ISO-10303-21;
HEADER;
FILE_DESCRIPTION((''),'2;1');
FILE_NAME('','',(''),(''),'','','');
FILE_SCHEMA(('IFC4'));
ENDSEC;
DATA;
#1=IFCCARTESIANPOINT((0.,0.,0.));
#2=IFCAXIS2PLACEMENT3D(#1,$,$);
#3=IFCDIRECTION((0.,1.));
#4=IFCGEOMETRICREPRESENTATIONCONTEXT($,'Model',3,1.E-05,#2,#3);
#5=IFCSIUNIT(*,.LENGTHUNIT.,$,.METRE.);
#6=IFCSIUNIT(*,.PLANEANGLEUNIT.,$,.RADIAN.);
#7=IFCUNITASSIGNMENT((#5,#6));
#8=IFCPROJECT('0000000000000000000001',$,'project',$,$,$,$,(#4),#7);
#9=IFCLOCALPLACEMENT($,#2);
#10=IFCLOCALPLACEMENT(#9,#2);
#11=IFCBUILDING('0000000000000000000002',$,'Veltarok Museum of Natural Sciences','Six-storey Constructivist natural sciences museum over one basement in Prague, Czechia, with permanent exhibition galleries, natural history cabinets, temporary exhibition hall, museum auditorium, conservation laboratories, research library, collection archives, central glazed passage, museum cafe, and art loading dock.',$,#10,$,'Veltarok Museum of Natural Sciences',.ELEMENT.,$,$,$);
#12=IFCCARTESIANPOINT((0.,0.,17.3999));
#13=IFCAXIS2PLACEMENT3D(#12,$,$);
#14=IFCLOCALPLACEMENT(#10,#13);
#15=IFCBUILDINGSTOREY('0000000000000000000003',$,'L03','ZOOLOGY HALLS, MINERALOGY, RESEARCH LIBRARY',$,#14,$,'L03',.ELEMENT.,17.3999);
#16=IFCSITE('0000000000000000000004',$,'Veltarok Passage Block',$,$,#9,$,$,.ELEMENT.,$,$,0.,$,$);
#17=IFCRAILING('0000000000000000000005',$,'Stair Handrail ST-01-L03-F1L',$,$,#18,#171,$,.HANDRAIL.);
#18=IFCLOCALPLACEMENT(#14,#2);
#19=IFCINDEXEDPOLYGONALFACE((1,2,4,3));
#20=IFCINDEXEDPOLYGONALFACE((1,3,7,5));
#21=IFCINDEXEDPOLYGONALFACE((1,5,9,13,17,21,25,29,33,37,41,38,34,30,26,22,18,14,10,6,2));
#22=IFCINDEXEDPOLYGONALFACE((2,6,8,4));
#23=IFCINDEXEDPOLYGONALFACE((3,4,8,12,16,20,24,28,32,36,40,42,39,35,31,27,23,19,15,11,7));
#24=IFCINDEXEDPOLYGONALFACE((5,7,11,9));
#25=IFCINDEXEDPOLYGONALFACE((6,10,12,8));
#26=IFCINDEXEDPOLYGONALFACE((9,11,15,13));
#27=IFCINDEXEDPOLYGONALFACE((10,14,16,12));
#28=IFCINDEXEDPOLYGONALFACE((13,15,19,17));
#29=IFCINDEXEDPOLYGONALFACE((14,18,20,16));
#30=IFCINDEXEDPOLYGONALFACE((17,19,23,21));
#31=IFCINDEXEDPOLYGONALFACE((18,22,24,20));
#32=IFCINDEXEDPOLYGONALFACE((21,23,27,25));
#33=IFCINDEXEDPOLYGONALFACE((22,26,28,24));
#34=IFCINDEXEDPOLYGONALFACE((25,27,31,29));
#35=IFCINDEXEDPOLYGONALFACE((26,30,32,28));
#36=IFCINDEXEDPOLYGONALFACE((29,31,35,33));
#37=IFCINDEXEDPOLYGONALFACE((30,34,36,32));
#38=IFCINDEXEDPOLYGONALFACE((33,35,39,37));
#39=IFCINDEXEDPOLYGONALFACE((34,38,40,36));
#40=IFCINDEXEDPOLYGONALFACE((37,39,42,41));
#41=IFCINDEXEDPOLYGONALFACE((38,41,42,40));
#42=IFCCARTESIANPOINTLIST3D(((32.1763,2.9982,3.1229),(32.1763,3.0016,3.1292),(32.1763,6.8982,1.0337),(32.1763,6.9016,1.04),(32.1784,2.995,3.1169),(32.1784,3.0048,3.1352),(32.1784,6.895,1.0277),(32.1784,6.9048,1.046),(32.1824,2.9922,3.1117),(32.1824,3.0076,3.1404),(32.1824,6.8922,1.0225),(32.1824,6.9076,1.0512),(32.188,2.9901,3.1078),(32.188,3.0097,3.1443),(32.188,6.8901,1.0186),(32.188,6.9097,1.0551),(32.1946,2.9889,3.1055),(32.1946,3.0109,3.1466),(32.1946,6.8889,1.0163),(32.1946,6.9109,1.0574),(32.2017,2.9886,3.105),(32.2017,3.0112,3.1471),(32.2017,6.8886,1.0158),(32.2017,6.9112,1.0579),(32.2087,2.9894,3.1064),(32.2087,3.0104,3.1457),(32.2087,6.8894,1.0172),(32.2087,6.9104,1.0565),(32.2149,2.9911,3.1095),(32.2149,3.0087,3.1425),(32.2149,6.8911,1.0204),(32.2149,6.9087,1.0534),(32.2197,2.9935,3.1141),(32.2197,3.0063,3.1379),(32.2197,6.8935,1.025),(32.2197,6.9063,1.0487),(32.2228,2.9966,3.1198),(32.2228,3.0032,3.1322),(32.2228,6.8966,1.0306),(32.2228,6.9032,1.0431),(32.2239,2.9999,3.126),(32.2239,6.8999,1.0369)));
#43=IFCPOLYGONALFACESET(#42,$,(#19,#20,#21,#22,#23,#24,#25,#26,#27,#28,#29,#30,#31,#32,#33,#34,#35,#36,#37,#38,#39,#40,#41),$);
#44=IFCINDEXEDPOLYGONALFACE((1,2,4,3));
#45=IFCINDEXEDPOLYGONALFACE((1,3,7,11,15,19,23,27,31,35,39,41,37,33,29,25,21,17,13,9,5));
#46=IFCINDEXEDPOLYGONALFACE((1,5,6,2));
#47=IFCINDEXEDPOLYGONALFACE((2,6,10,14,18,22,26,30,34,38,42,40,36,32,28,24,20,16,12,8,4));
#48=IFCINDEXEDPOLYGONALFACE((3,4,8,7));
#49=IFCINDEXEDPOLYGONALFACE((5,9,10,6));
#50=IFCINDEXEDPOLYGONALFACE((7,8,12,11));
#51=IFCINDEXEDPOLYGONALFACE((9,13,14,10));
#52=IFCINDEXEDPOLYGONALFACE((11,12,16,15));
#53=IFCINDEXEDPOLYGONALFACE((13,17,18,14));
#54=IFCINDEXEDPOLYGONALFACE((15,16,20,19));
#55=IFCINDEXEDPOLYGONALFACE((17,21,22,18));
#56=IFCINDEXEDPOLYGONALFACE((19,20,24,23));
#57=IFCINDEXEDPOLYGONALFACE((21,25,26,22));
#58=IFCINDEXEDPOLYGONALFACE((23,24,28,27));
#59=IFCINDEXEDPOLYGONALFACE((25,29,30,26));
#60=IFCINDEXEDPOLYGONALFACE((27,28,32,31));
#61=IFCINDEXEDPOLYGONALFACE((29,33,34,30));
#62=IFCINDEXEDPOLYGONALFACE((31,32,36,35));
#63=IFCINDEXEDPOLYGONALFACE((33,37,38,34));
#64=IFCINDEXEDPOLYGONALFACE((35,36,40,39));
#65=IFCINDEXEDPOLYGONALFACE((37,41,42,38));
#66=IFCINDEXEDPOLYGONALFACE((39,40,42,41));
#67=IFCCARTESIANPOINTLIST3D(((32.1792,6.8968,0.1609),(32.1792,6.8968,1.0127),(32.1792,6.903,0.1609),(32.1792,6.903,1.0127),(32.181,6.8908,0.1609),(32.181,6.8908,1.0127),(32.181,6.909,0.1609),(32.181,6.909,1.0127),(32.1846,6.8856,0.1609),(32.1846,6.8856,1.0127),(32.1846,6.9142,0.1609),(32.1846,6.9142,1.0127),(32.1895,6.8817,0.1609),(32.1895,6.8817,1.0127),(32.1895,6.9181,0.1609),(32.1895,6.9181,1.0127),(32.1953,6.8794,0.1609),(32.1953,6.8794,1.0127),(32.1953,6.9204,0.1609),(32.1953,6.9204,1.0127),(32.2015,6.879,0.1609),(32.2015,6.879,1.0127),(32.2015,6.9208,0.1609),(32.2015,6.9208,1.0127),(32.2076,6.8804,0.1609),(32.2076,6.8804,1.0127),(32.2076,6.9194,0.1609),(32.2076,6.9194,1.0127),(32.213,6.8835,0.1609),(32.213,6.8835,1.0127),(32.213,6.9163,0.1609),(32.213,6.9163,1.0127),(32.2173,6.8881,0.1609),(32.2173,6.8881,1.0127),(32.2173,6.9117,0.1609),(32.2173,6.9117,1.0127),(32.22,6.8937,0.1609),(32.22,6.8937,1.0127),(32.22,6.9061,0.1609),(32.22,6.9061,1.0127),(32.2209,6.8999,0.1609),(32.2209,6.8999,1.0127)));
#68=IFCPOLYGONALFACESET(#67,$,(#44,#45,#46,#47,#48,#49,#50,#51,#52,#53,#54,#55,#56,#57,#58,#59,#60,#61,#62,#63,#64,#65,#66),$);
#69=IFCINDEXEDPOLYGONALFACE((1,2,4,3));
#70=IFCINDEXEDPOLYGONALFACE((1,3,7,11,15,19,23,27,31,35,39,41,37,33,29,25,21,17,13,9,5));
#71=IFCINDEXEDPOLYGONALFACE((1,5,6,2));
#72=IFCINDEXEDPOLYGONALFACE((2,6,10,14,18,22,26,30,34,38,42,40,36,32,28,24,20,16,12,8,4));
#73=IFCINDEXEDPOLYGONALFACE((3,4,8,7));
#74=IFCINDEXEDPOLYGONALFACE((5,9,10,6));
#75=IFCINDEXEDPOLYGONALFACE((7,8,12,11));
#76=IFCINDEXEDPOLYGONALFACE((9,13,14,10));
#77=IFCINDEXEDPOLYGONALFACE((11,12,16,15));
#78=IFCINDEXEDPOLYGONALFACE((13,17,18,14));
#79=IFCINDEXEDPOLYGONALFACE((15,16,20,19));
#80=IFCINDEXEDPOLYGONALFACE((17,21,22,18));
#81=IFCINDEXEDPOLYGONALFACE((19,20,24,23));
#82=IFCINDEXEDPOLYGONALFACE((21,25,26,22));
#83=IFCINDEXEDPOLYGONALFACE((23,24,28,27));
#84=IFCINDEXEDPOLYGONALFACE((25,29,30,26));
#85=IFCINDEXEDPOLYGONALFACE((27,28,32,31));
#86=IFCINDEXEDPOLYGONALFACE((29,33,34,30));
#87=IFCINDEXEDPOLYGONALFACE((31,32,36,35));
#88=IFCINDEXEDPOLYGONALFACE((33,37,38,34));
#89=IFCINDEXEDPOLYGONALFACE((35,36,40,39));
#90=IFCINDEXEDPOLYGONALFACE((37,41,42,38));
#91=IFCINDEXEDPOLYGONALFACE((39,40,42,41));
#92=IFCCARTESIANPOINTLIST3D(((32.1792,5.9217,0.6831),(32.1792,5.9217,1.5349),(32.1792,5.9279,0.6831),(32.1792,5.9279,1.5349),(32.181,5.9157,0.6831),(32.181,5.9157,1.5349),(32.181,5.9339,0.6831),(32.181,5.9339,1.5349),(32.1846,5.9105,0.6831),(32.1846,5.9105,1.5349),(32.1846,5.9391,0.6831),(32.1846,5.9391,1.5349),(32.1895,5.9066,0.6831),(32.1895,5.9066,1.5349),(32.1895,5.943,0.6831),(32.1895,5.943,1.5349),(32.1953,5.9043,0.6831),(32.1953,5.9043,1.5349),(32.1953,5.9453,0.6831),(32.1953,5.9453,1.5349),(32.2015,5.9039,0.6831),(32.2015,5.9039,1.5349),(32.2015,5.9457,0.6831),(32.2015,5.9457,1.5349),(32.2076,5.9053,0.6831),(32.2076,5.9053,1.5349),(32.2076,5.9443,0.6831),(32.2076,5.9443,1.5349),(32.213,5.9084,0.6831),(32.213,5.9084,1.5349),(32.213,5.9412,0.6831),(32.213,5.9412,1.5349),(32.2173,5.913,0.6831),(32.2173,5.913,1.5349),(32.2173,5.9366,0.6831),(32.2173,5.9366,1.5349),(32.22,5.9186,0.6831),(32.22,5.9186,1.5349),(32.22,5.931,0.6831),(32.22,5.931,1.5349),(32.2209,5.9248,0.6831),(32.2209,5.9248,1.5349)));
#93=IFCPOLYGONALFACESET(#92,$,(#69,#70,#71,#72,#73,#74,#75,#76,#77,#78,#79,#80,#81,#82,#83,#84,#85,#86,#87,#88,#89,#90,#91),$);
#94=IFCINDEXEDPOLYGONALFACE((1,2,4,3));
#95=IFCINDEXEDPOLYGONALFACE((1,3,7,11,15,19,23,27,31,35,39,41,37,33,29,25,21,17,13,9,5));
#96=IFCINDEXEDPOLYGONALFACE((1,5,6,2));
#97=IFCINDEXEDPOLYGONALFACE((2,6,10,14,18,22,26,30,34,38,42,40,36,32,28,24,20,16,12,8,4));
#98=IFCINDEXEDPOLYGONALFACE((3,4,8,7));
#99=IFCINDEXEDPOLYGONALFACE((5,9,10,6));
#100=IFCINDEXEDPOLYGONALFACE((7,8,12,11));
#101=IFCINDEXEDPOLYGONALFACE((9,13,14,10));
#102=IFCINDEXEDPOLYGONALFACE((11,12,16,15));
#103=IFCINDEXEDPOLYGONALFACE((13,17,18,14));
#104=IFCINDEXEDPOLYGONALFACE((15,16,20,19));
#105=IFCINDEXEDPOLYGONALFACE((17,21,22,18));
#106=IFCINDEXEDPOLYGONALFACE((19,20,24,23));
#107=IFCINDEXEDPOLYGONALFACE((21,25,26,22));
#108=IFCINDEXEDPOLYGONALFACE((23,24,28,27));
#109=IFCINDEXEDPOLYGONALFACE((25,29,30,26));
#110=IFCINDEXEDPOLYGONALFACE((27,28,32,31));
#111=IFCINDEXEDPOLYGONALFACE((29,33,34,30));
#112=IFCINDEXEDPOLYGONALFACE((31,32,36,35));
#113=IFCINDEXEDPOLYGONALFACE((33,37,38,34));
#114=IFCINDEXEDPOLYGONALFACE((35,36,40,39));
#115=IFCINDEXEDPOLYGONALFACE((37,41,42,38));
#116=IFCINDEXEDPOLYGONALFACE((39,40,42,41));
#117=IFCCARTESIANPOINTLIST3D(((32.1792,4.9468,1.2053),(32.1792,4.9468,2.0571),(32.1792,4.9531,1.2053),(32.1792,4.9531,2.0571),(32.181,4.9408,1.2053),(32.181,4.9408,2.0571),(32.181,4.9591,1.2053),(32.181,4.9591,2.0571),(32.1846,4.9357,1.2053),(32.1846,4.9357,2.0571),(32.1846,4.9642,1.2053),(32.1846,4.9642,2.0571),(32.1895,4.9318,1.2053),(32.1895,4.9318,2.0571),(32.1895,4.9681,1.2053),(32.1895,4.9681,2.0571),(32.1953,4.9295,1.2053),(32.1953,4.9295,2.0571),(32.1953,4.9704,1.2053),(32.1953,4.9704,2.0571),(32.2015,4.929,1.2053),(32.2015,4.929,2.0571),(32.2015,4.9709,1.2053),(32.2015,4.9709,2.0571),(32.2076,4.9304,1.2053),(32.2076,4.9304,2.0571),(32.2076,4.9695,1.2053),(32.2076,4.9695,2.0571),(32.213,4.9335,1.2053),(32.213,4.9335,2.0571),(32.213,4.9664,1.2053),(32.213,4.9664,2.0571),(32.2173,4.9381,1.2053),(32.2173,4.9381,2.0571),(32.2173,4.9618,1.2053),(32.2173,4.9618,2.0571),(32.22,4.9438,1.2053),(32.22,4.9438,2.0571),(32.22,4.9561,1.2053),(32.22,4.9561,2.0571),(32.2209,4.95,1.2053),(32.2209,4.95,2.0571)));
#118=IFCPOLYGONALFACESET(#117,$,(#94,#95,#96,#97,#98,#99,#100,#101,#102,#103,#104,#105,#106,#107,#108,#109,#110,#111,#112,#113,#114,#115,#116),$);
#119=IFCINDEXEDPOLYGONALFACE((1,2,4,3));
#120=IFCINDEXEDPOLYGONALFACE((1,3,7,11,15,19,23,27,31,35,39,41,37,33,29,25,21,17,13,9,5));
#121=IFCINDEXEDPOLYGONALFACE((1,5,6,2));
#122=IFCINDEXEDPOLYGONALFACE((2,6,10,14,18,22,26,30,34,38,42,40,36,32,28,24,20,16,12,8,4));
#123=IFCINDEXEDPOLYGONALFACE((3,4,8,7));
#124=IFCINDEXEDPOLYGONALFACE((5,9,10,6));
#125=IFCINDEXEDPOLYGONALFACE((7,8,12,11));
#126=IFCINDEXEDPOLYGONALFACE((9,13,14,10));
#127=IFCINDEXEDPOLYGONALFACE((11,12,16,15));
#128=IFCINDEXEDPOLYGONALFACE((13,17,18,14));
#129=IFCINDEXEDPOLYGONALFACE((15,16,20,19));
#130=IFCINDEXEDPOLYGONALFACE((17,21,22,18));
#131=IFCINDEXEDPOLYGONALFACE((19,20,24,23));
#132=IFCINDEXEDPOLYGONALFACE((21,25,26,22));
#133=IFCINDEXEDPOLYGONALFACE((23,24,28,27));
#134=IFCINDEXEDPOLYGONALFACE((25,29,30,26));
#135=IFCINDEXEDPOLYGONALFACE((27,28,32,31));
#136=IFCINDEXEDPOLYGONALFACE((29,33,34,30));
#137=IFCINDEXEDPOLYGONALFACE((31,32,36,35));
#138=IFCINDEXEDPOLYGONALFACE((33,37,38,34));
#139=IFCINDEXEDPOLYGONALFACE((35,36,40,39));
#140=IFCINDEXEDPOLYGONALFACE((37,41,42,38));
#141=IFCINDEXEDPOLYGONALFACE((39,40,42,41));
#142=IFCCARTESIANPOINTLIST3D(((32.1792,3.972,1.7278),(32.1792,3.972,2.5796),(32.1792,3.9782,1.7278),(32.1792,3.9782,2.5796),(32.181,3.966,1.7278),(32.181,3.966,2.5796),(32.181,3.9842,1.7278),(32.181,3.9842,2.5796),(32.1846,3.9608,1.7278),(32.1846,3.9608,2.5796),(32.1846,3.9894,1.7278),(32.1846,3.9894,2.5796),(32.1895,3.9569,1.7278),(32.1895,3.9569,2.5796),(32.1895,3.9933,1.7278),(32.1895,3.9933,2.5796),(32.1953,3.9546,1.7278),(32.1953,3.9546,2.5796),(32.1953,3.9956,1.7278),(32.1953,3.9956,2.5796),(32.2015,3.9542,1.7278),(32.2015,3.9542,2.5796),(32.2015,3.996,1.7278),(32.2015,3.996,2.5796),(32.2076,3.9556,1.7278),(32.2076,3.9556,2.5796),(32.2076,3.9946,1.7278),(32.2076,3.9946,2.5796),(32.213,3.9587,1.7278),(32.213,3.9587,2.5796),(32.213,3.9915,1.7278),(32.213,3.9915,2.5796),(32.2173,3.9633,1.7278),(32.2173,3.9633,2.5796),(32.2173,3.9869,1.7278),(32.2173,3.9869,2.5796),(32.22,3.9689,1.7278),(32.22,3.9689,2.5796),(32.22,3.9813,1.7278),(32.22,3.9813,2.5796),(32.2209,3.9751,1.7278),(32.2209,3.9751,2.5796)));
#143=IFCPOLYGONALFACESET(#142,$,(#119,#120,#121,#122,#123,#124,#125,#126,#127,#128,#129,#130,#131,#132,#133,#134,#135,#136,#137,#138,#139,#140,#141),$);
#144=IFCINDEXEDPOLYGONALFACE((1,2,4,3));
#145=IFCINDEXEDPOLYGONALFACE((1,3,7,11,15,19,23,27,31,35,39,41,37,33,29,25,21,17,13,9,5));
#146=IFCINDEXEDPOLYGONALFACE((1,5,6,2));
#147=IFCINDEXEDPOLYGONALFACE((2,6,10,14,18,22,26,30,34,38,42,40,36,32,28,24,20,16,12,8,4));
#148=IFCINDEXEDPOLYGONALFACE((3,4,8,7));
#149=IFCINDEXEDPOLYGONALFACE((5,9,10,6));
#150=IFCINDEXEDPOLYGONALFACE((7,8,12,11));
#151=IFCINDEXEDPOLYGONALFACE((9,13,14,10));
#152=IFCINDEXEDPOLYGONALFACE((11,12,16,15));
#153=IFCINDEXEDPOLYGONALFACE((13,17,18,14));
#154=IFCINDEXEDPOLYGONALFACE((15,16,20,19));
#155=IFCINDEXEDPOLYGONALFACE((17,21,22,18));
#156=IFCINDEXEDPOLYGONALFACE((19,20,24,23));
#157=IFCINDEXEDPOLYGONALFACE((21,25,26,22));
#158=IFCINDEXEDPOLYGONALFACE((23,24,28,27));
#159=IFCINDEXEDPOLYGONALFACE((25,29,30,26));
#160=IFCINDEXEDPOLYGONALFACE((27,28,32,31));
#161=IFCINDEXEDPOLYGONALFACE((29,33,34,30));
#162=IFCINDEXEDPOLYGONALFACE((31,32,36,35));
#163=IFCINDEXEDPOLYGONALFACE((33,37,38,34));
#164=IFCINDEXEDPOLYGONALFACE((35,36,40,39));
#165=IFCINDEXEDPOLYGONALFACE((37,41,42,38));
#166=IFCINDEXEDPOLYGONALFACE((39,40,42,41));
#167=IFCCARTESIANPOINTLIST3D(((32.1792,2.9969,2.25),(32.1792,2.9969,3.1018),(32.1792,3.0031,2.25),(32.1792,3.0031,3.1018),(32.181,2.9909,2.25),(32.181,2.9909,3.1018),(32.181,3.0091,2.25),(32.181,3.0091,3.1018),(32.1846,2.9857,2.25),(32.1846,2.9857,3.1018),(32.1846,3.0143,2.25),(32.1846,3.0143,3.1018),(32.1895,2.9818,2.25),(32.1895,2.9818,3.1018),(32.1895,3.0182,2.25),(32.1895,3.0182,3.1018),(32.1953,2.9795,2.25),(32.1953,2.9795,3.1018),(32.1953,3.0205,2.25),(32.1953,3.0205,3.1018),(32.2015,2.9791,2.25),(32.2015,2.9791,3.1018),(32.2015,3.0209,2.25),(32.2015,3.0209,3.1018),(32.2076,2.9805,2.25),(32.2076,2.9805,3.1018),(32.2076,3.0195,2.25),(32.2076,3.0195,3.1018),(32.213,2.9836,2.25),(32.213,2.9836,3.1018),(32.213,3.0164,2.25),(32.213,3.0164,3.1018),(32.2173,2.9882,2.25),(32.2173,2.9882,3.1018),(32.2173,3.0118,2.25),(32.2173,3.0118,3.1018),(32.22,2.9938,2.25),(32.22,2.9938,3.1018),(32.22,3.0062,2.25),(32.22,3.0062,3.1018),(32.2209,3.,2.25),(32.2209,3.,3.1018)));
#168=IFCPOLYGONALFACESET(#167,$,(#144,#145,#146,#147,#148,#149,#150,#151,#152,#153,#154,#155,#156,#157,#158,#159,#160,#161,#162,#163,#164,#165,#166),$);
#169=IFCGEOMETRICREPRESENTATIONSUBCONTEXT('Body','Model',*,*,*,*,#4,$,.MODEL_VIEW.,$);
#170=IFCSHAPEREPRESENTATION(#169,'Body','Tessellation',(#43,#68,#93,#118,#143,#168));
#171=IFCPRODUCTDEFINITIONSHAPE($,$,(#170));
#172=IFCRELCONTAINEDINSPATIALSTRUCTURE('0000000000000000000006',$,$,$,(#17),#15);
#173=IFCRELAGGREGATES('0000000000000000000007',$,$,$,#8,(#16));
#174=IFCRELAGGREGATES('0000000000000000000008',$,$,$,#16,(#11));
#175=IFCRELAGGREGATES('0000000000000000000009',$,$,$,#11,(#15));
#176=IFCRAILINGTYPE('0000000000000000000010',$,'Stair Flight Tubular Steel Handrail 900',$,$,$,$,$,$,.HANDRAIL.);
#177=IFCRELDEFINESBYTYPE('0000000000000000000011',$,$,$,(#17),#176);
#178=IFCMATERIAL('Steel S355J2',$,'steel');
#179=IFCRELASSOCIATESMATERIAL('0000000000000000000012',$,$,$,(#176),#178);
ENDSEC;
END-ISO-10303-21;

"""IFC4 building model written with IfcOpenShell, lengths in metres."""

from ifc_helpers import new_model, si_unit, direction, frame, origin, origin_2d, place, context, subcontext, project, spatial, circle, extrude, material, type_object, element, save


model = new_model("IFC4")

# Units and contexts
model_context = context("Model", 3, precision=1e-05, world=origin(), true_north=direction((0.0, 1.0)))
body_context = subcontext(model_context, "Body", "Model", "MODEL_VIEW")
ifc_project = project(units=[si_unit("LENGTHUNIT", "METRE"), si_unit("PLANEANGLEUNIT", "RADIAN")], contexts=[model_context])

# Site, building, storey
site_placement = place(None, origin())
site = spatial("IfcSite", under=ifc_project, at=site_placement, Name="Veltarok Passage Block", CompositionType="ELEMENT", RefElevation=0.0)
building_placement = place(site_placement, origin())
building = spatial("IfcBuilding", under=site, at=building_placement, Name="Veltarok Museum of Natural Sciences", Description="Six-storey Constructivist natural sciences museum over one basement in Prague, Czechia, with permanent exhibition galleries, natural history cabinets, temporary exhibition hall, museum auditorium, conservation laboratories, research library, collection archives, central glazed passage, museum cafe, and art loading dock.", LongName="Veltarok Museum of Natural Sciences", CompositionType="ELEMENT")
storey_placement = place(building_placement, frame((0.0, 0.0, 17.3999)))
storey = spatial("IfcBuildingStorey", under=building, at=storey_placement, Name="L03", Description="ZOOLOGY HALLS, MINERALOGY, RESEARCH LIBRARY", LongName="L03", CompositionType="ELEMENT", Elevation=17.3999)

# Shared definitions
ifc_material_1 = material(Name="Steel S355J2", Category="steel")

# Railing
railing_type = type_object("IfcRailingType", Name="Stair Flight Tubular Steel Handrail 900", PredefinedType="HANDRAIL", material=ifc_material_1)
railing_placement = place(storey_placement, frame((32.2, 6.8999, 0.1609)))
element("IfcRailing", 1, at=railing_placement, inside=storey, type_object=railing_type, Name="Stair Handrail ST-01-L03-F1L", PredefinedType="HANDRAIL", context=body_context, shape_type="SweptSolid", body=[
    extrude(circle(Radius=0.0239, at=origin_2d()), frame((0.0, 0.0, 0.876), z_axis=(0.0, -0.881491, 0.4722), x_axis=(1.0, 0.0, 0.0)), (0.0, 0.0, 1.0), 4.4243),
    extrude(circle(Radius=0.021, at=origin_2d()), origin(), (0.0, 0.0, 1.0), 0.8518),
    extrude(circle(Radius=0.021, at=origin_2d()), frame((0.0, -0.9751, 0.5222)), (0.0, 0.0, 1.0), 0.8518),
    extrude(circle(Radius=0.021, at=origin_2d()), frame((0.0, -1.95, 1.0444)), (0.0, 0.0, 1.0), 0.8518),
    extrude(circle(Radius=0.021, at=origin_2d()), frame((0.0, -2.9248, 1.5669)), (0.0, 0.0, 1.0), 0.8518),
    extrude(circle(Radius=0.021, at=origin_2d()), frame((0.0, -3.8999, 2.0891)), (0.0, 0.0, 1.0), 0.8518),
])

save(model, "model.ifc")
